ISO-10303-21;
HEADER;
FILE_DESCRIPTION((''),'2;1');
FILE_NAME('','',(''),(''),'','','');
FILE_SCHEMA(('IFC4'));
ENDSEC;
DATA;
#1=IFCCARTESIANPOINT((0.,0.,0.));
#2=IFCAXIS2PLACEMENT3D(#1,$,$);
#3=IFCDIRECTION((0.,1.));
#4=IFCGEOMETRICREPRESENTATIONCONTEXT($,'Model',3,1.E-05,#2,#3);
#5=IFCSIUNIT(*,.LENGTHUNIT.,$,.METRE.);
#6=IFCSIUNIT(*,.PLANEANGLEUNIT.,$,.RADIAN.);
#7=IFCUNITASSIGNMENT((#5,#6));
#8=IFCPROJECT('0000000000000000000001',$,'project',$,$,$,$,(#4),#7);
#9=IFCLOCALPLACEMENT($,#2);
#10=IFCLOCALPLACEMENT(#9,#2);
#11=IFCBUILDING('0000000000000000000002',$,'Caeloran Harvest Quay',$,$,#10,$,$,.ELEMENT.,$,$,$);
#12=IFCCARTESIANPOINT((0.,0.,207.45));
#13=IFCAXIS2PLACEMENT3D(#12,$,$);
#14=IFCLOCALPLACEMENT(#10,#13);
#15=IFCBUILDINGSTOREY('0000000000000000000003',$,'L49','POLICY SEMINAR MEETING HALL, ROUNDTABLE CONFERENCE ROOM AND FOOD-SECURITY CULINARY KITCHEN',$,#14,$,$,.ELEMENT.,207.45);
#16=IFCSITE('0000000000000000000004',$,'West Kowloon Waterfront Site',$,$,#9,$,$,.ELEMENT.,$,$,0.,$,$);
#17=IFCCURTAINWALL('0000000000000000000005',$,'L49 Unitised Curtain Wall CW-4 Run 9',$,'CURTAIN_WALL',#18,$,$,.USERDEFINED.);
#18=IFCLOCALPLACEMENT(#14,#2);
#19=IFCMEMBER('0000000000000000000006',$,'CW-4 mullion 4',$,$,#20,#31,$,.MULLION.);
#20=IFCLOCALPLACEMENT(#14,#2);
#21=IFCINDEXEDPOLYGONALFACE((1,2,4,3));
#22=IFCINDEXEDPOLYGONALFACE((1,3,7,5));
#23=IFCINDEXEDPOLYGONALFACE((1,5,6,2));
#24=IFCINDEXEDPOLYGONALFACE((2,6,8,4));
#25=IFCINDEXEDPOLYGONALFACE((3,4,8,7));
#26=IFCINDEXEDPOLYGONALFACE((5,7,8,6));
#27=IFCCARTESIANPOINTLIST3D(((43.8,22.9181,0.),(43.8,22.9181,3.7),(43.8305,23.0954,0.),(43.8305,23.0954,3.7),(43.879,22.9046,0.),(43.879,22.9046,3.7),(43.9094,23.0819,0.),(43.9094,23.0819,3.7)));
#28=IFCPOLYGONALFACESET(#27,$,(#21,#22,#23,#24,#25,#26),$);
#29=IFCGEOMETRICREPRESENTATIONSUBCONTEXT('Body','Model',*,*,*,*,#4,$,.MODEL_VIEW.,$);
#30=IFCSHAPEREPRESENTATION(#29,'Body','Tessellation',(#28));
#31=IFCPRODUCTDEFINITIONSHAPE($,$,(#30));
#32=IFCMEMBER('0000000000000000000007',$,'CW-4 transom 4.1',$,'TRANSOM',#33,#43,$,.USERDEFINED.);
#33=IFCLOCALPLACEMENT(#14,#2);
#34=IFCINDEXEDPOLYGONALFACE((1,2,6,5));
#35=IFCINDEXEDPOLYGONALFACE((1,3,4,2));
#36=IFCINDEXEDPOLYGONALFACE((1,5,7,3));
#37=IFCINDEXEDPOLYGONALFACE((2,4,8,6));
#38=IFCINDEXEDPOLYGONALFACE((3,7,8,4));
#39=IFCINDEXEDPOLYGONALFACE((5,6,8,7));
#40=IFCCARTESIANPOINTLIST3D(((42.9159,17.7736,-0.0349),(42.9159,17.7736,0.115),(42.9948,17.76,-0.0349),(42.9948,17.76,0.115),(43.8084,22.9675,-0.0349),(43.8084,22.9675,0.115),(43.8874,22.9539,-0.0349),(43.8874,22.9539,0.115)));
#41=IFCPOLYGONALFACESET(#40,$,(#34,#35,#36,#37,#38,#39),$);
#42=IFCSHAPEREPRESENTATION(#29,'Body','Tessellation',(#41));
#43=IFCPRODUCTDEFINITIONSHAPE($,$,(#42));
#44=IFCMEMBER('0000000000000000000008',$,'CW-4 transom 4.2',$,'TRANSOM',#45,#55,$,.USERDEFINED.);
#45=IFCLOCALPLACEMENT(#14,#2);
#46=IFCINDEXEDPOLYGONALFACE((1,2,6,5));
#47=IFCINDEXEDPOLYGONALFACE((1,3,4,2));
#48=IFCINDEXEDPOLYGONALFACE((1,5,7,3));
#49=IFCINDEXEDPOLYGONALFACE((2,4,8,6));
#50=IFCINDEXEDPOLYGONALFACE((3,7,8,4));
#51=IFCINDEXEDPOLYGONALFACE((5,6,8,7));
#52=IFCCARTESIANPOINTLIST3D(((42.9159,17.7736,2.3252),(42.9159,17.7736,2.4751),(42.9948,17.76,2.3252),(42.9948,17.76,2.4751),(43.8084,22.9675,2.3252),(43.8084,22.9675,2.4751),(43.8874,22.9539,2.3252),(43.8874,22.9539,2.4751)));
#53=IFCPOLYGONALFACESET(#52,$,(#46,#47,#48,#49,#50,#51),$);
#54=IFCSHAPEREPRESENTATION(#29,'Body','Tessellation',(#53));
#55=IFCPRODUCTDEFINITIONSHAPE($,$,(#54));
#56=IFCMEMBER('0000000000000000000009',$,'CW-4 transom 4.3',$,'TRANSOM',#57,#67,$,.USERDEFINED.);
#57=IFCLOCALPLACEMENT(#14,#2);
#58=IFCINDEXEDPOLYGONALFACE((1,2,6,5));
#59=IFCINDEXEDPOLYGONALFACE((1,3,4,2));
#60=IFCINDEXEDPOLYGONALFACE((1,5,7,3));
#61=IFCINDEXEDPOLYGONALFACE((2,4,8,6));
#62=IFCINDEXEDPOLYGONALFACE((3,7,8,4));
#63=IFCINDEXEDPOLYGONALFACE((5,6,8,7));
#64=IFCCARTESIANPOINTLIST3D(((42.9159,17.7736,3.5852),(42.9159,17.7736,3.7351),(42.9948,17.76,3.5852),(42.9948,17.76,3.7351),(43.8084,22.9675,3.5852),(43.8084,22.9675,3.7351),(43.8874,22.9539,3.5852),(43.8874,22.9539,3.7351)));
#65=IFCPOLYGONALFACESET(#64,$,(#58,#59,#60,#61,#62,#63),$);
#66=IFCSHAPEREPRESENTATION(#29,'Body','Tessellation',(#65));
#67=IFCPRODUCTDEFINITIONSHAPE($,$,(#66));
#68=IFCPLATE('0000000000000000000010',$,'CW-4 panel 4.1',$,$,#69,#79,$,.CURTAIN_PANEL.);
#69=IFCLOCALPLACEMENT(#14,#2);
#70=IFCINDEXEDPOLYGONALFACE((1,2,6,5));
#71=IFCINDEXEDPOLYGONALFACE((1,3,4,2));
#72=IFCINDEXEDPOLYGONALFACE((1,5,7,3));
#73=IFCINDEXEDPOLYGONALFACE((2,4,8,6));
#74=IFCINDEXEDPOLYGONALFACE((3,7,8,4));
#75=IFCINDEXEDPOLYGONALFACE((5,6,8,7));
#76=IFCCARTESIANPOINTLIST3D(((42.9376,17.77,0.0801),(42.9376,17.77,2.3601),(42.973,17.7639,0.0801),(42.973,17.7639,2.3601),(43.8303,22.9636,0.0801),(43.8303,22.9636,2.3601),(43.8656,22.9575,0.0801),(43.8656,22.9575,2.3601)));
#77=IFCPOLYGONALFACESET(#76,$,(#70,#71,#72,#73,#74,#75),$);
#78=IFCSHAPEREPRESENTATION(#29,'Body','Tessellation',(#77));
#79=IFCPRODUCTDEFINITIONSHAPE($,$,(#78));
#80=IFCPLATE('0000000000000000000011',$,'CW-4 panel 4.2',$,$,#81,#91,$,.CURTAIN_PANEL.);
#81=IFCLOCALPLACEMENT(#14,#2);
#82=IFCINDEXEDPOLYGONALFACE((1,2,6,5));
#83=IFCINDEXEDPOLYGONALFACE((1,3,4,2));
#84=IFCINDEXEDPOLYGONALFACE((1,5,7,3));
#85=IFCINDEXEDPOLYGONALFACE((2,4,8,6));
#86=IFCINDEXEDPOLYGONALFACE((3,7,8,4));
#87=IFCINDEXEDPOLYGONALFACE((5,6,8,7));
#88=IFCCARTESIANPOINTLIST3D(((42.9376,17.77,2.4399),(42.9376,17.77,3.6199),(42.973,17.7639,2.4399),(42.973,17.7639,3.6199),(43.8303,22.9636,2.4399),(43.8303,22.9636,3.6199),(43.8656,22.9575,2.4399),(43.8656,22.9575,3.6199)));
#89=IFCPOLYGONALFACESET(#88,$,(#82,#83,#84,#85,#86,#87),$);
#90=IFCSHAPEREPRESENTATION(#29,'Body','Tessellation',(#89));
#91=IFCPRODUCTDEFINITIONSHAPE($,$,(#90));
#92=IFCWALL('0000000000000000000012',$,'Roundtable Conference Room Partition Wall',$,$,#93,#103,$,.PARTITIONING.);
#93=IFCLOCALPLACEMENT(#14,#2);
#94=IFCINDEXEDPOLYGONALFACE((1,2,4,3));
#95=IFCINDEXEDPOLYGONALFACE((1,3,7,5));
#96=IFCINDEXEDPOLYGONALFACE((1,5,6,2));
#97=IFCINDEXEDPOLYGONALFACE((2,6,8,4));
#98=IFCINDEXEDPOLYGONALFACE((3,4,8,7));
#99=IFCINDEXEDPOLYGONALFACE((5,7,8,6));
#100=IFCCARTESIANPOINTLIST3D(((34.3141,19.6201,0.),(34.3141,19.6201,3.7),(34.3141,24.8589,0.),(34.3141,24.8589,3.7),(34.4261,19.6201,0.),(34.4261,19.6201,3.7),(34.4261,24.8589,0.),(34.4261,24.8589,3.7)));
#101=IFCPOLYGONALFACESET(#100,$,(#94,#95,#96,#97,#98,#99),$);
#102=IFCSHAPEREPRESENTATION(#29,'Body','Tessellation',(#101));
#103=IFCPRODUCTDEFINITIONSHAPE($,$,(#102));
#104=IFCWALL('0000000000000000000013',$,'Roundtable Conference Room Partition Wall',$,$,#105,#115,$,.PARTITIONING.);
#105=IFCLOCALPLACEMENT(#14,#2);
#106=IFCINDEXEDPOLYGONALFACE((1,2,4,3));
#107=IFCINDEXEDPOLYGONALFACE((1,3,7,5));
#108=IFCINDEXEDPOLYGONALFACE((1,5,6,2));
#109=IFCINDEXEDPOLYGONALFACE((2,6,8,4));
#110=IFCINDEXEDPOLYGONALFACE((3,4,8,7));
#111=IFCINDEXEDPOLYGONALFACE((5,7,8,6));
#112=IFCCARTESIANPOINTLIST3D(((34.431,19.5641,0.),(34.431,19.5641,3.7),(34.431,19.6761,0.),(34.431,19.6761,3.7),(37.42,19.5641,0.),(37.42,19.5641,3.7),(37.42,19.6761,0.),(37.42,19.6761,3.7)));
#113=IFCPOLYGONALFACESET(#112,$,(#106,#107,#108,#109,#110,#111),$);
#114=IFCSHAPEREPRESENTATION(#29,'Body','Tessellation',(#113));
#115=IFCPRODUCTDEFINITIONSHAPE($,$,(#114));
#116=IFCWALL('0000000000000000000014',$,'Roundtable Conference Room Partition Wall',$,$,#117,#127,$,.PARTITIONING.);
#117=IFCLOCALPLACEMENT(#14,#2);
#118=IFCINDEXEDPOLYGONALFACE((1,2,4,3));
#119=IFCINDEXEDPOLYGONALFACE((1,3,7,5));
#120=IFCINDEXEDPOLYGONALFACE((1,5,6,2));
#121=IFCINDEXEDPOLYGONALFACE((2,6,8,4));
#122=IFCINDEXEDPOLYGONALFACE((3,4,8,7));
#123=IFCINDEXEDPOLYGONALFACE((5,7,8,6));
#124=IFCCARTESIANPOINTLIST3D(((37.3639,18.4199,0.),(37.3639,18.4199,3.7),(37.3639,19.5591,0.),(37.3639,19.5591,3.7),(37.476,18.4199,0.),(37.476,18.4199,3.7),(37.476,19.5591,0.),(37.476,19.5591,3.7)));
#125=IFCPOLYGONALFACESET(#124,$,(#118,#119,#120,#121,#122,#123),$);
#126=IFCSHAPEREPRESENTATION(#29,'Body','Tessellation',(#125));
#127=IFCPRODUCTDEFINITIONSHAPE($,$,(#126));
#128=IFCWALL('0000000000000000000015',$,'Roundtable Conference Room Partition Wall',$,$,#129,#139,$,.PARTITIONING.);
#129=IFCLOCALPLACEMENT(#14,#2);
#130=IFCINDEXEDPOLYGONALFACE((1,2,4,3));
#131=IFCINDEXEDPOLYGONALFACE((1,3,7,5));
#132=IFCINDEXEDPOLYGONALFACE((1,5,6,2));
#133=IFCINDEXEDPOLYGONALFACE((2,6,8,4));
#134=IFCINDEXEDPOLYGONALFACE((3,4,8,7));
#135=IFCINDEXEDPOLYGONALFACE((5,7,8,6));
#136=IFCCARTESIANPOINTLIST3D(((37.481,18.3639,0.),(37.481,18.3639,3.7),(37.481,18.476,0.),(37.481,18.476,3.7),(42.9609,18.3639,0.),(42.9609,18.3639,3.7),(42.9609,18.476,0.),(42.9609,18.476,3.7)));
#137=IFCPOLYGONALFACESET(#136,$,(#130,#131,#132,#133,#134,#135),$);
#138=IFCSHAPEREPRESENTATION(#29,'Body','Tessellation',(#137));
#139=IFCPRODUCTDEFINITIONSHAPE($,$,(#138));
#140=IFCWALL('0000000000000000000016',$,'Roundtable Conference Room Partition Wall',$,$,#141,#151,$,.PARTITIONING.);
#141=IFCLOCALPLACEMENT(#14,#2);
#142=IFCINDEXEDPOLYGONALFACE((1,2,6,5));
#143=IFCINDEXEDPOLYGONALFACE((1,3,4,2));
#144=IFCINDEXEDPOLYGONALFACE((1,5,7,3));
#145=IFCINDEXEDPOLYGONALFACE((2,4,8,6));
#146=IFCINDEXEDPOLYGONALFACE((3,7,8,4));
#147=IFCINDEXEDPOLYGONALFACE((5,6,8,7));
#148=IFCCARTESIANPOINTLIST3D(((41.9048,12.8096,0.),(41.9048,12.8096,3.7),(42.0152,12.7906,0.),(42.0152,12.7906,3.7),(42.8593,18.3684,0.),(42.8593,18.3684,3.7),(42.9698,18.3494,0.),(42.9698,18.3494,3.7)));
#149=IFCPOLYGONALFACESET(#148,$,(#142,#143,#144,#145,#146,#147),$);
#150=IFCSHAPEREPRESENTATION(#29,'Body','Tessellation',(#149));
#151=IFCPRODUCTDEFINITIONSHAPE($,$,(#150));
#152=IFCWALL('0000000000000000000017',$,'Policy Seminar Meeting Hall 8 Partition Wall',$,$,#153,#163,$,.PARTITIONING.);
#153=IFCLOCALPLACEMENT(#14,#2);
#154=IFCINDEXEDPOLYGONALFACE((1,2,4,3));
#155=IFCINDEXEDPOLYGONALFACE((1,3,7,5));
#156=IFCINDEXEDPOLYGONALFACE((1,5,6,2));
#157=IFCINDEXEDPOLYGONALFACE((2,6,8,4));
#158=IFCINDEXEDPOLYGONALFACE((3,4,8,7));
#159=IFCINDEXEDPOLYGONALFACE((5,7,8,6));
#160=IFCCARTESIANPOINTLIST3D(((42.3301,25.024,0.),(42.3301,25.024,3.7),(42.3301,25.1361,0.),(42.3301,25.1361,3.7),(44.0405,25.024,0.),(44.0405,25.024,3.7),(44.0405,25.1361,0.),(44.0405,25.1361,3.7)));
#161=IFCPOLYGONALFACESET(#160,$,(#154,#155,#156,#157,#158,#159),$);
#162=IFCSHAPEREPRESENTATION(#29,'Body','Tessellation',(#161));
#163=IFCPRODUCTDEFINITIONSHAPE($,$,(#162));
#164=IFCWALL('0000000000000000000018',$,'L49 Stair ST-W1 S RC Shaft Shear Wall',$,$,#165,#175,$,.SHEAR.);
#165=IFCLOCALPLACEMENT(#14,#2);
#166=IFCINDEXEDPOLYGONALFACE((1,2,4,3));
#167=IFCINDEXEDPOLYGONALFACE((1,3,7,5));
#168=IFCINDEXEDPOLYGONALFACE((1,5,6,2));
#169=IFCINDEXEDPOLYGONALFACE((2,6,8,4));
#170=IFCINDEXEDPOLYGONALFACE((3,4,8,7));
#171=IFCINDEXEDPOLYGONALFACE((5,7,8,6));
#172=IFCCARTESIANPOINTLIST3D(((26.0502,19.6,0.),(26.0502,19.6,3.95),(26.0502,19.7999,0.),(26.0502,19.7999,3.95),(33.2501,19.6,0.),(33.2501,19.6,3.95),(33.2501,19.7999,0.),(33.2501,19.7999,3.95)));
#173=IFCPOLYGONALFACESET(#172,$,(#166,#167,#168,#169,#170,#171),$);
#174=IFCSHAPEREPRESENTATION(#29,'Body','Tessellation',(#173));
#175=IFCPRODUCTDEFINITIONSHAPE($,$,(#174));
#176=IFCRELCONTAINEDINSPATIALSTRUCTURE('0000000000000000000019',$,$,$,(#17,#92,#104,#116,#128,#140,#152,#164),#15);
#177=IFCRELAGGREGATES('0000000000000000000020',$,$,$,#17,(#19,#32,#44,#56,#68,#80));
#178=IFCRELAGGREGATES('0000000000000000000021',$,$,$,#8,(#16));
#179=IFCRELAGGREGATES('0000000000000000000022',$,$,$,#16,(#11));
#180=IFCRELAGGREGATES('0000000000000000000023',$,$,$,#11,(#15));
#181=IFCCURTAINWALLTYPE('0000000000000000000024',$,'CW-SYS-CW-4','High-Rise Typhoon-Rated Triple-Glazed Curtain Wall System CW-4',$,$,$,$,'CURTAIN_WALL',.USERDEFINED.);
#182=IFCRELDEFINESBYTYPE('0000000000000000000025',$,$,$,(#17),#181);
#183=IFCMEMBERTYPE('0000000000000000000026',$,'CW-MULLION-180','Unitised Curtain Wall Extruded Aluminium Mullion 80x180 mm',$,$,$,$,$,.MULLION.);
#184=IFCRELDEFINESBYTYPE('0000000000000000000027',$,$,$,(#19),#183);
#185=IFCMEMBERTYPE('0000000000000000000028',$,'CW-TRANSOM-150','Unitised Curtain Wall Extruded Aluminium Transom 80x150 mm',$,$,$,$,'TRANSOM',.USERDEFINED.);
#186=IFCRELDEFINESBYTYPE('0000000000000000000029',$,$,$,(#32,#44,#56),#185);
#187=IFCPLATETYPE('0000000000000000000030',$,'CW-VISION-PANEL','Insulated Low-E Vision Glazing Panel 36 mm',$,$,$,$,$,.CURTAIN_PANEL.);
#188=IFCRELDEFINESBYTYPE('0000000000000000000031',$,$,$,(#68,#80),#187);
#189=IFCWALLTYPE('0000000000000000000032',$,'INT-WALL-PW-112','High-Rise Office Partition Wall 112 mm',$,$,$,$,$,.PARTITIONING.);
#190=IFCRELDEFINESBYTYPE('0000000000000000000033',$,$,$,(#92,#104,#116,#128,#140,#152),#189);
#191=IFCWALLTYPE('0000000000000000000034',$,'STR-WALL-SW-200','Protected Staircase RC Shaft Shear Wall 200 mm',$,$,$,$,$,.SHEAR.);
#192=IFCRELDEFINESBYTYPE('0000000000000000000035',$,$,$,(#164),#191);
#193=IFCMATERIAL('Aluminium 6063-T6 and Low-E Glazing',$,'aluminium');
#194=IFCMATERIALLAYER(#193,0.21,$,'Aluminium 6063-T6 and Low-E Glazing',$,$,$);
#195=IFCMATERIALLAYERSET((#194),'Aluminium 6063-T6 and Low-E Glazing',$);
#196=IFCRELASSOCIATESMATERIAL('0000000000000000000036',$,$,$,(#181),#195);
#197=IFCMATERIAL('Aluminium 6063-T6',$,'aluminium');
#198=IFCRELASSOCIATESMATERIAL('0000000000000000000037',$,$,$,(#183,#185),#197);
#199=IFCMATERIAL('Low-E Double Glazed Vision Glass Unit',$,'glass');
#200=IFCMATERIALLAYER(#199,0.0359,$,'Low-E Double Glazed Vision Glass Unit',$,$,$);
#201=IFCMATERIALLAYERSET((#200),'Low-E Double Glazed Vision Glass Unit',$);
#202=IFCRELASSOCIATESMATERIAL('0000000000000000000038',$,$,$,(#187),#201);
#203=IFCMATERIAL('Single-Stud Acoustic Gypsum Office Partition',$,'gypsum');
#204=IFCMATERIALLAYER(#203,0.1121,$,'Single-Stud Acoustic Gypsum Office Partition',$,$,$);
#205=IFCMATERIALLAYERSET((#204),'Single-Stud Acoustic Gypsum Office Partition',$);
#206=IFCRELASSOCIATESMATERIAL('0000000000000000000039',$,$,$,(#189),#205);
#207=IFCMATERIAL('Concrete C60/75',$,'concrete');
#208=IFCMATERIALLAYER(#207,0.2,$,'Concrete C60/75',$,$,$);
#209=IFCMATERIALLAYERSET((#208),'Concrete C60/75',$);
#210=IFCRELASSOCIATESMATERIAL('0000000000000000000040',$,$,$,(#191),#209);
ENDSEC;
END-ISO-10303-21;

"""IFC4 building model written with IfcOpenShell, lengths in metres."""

from ifc_helpers import new_model, si_unit, direction, frame, frame_2d, origin, origin_2d, place, context, subcontext, project, spatial, rectangle, extrude, material, layer, layer_set, material_profile, profile_set, type_object, element, aggregate, save


model = new_model("IFC4")

# Units and contexts
model_context = context("Model", 3, precision=1e-05, world=origin(), true_north=direction((0.0, 1.0)))
body_context = subcontext(model_context, "Body", "Model", "MODEL_VIEW")
ifc_project = project(units=[si_unit("LENGTHUNIT", "METRE"), si_unit("PLANEANGLEUNIT", "RADIAN")], contexts=[model_context])

# Site, building, storey
site_placement = place(None, origin())
site = spatial("IfcSite", under=ifc_project, at=site_placement, Name="West Kowloon Waterfront Site", CompositionType="ELEMENT", RefElevation=0.0)
building_placement = place(site_placement, origin())
building = spatial("IfcBuilding", under=site, at=building_placement, Name="Caeloran Harvest Quay", CompositionType="ELEMENT")
storey_placement = place(building_placement, frame((0.0, 0.0, 207.45)))
storey = spatial("IfcBuildingStorey", under=building, at=storey_placement, Name="L49", Description="POLICY SEMINAR MEETING HALL, ROUNDTABLE CONFERENCE ROOM AND FOOD-SECURITY CULINARY KITCHEN", CompositionType="ELEMENT", Elevation=207.45)

# Curtain wall, members, plates
ifc_material_1 = material(Name="Aluminium 6063-T6 and Low-E Glazing", Category="aluminium")
ifc_layer_1 = layer(ifc_material_1, 0.21, Name="Aluminium 6063-T6 and Low-E Glazing")
ifc_layer_set_1 = layer_set([ifc_layer_1], Name="Aluminium 6063-T6 and Low-E Glazing")
curtain_wall_type = type_object("IfcCurtainWallType", Name="CW-SYS-CW-4", Description="High-Rise Typhoon-Rated Triple-Glazed Curtain Wall System CW-4", ElementType="CURTAIN_WALL", PredefinedType="USERDEFINED", material=ifc_layer_set_1)
curtain_wall_placement = place(storey_placement, origin())
curtain_wall = element("IfcCurtainWall", 1, at=curtain_wall_placement, inside=storey, type_object=curtain_wall_type, Name="L49 Unitised Curtain Wall CW-4 Run 9", ObjectType="CURTAIN_WALL", PredefinedType="USERDEFINED")
ifc_material_2 = material(Name="Aluminium 6063-T6", Category="aluminium")
ifc_material_profile_1 = material_profile(ifc_material_2, rectangle(XDim=0.0801, YDim=0.1799, at=origin_2d()), Name="CW-MULLION-180")
ifc_profile_set_1 = profile_set([ifc_material_profile_1], Name="Aluminium 6063-T6")
member_type_1 = type_object("IfcMemberType", Name="CW-MULLION-180", Description="Unitised Curtain Wall Extruded Aluminium Mullion 80x180 mm", PredefinedType="MULLION", material=ifc_profile_set_1)
member_1_placement = place(storey_placement, frame((43.8547, 23.0, 0.0), z_axis=(0.0, 0.0, 1.0), x_axis=(0.985549, -0.169391, 0.0)))
member_1 = element("IfcMember", 2, at=member_1_placement, type_object=member_type_1, Name="CW-4 mullion 4", PredefinedType="MULLION", context=body_context, shape_type="SweptSolid", body=[
    extrude(rectangle(XDim=0.0801, YDim=0.1799, at=origin_2d()), origin(), (0.0, 0.0, 1.0), 3.7),
])
ifc_material_profile_2 = material_profile(ifc_material_2, rectangle(XDim=0.0801, YDim=0.1499, at=origin_2d()), Name="CW-TRANSOM-150")
ifc_profile_set_2 = profile_set([ifc_material_profile_2], Name="Aluminium 6063-T6")
member_type_2 = type_object("IfcMemberType", Name="CW-TRANSOM-150", Description="Unitised Curtain Wall Extruded Aluminium Transom 80x150 mm", ElementType="TRANSOM", PredefinedType="USERDEFINED", material=ifc_profile_set_2)
member_2_placement = place(storey_placement, frame((43.8479, 22.9607, 0.04), z_axis=(-0.16937, -0.985553, 0.0), x_axis=(0.985553, -0.16937, 0.0)))
member_2 = element("IfcMember", 3, at=member_2_placement, type_object=member_type_2, Name="CW-4 transom 4.1", ObjectType="TRANSOM", PredefinedType="USERDEFINED", context=body_context, shape_type="SweptSolid", body=[
    extrude(rectangle(XDim=0.0801, YDim=0.1499, at=origin_2d()), origin(), (0.0, 0.0, 1.0), 5.27),
])
member_3_placement = place(storey_placement, frame((43.8479, 22.9607, 2.4001), z_axis=(-0.16937, -0.985553, 0.0), x_axis=(0.985553, -0.16937, 0.0)))
member_3 = element("IfcMember", 4, at=member_3_placement, type_object=member_type_2, Name="CW-4 transom 4.2", ObjectType="TRANSOM", PredefinedType="USERDEFINED", context=body_context, shape_type="SweptSolid", body=[
    extrude(rectangle(XDim=0.0801, YDim=0.1499, at=origin_2d()), origin(), (0.0, 0.0, 1.0), 5.27),
])
member_4_placement = place(storey_placement, frame((43.8479, 22.9607, 3.6602), z_axis=(-0.16937, -0.985553, 0.0), x_axis=(0.985553, -0.16937, 0.0)))
member_4 = element("IfcMember", 5, at=member_4_placement, type_object=member_type_2, Name="CW-4 transom 4.3", ObjectType="TRANSOM", PredefinedType="USERDEFINED", context=body_context, shape_type="SweptSolid", body=[
    extrude(rectangle(XDim=0.0801, YDim=0.1499, at=origin_2d()), origin(), (0.0, 0.0, 1.0), 5.27),
])
ifc_material_3 = material(Name="Low-E Double Glazed Vision Glass Unit", Category="glass")
ifc_layer_2 = layer(ifc_material_3, 0.0359, Name="Low-E Double Glazed Vision Glass Unit")
ifc_layer_set_2 = layer_set([ifc_layer_2], Name="Low-E Double Glazed Vision Glass Unit")
plate_type = type_object("IfcPlateType", Name="CW-VISION-PANEL", Description="Insulated Low-E Vision Glazing Panel 36 mm", PredefinedType="CURTAIN_PANEL", material=ifc_layer_set_2)
plate_1_placement = place(storey_placement, frame((43.4016, 20.3638, 0.0801), z_axis=(0.0, 0.0, 1.0), x_axis=(-0.169391, -0.985549, 0.0)))
plate_1 = element("IfcPlate", 6, at=plate_1_placement, type_object=plate_type, Name="CW-4 panel 4.1", PredefinedType="CURTAIN_PANEL", context=body_context, shape_type="SweptSolid", body=[
    extrude(rectangle(XDim=5.2698, YDim=0.0359, at=origin_2d()), origin(), (0.0, 0.0, 1.0), 2.28),
])
plate_2_placement = place(storey_placement, frame((43.4016, 20.3638, 2.4399), z_axis=(0.0, 0.0, 1.0), x_axis=(-0.169391, -0.985549, 0.0)))
plate_2 = element("IfcPlate", 7, at=plate_2_placement, type_object=plate_type, Name="CW-4 panel 4.2", PredefinedType="CURTAIN_PANEL", context=body_context, shape_type="SweptSolid", body=[
    extrude(rectangle(XDim=5.2698, YDim=0.0359, at=origin_2d()), origin(), (0.0, 0.0, 1.0), 1.1799),
])
aggregate(curtain_wall, [member_1, member_2, member_3, member_4, plate_1, plate_2])

# Walls
ifc_material_4 = material(Name="Single-Stud Acoustic Gypsum Office Partition", Category="gypsum")
ifc_layer_3 = layer(ifc_material_4, 0.1121, Name="Single-Stud Acoustic Gypsum Office Partition")
ifc_layer_set_3 = layer_set([ifc_layer_3], Name="Single-Stud Acoustic Gypsum Office Partition")
wall_type_1 = type_object("IfcWallType", Name="INT-WALL-PW-112", Description="High-Rise Office Partition Wall 112 mm", PredefinedType="PARTITIONING", material=ifc_layer_set_3)
wall_1_placement = place(storey_placement, frame((34.3701, 24.8589, 0.0), z_axis=(0.0, 0.0, 1.0), x_axis=(0.0, -1.0, 0.0)))
element("IfcWall", 8, at=wall_1_placement, inside=storey, type_object=wall_type_1, Name="Roundtable Conference Room Partition Wall", PredefinedType="PARTITIONING", context=body_context, shape_type="SweptSolid", body=[
    extrude(rectangle(XDim=5.2388, YDim=0.1121, at=frame_2d((2.6194, 0.0))), origin(), (0.0, 0.0, 1.0), 3.7),
])
wall_2_placement = place(storey_placement, frame((34.4309, 19.6201, 0.0), z_axis=(0.0, 0.0, 1.0), x_axis=(1.0, 0.0, 0.0)))
element("IfcWall", 9, at=wall_2_placement, inside=storey, type_object=wall_type_1, Name="Roundtable Conference Room Partition Wall", PredefinedType="PARTITIONING", context=body_context, shape_type="SweptSolid", body=[
    extrude(rectangle(XDim=2.989, YDim=0.1121, at=frame_2d((1.4946, 0.0))), origin(), (0.0, 0.0, 1.0), 3.7),
])
wall_3_placement = place(storey_placement, frame((37.4199, 19.5591, 0.0), z_axis=(0.0, 0.0, 1.0), x_axis=(0.0, -1.0, 0.0)))
element("IfcWall", 10, at=wall_3_placement, inside=storey, type_object=wall_type_1, Name="Roundtable Conference Room Partition Wall", PredefinedType="PARTITIONING", context=body_context, shape_type="SweptSolid", body=[
    extrude(rectangle(XDim=1.1392, YDim=0.1121, at=frame_2d((0.5696, 0.0))), origin(), (0.0, 0.0, 1.0), 3.7),
])
wall_4_placement = place(storey_placement, frame((37.481, 18.4199, 0.0), z_axis=(0.0, 0.0, 1.0), x_axis=(1.0, 0.0, 0.0)))
element("IfcWall", 11, at=wall_4_placement, inside=storey, type_object=wall_type_1, Name="Roundtable Conference Room Partition Wall", PredefinedType="PARTITIONING", context=body_context, shape_type="SweptSolid", body=[
    extrude(rectangle(XDim=5.48, YDim=0.1121, at=frame_2d((2.74, 0.0))), origin(), (0.0, 0.0, 1.0), 3.7),
])
wall_5_placement = place(storey_placement, frame((42.9146, 18.3589, 0.0), z_axis=(0.0, 0.0, 1.0), x_axis=(-0.169247, -0.985574, 0.0)))
element("IfcWall", 12, at=wall_5_placement, inside=storey, type_object=wall_type_1, Name="Roundtable Conference Room Partition Wall", PredefinedType="PARTITIONING", context=body_context, shape_type="SweptSolid", body=[
    extrude(rectangle(XDim=5.6401, YDim=0.1121, at=frame_2d((2.8201, 0.0))), origin(), (0.0, 0.0, 1.0), 3.7),
])
wall_6_placement = place(storey_placement, frame((44.0405, 25.0801, 0.0), z_axis=(0.0, 0.0, 1.0), x_axis=(-1.0, 0.0, 0.0)))
element("IfcWall", 13, at=wall_6_placement, inside=storey, type_object=wall_type_1, Name="Policy Seminar Meeting Hall 8 Partition Wall", PredefinedType="PARTITIONING", context=body_context, shape_type="SweptSolid", body=[
    extrude(rectangle(XDim=1.7104, YDim=0.1121, at=frame_2d((0.8552, 0.0))), origin(), (0.0, 0.0, 1.0), 3.7),
])
ifc_material_5 = material(Name="Concrete C60/75", Category="concrete")
ifc_layer_4 = layer(ifc_material_5, 0.2, Name="Concrete C60/75")
ifc_layer_set_4 = layer_set([ifc_layer_4], Name="Concrete C60/75")
wall_type_2 = type_object("IfcWallType", Name="STR-WALL-SW-200", Description="Protected Staircase RC Shaft Shear Wall 200 mm", PredefinedType="SHEAR", material=ifc_layer_set_4)
wall_7_placement = place(storey_placement, frame((26.05, 19.7, 0.0), z_axis=(0.0, 0.0, 1.0), x_axis=(1.0, 0.0, 0.0)))
element("IfcWall", 14, at=wall_7_placement, inside=storey, type_object=wall_type_2, Name="L49 Stair ST-W1 S RC Shaft Shear Wall", PredefinedType="SHEAR", context=body_context, shape_type="SweptSolid", body=[
    extrude(rectangle(XDim=7.2, YDim=0.2, at=frame_2d((3.6001, 0.0))), origin(), (0.0, 0.0, 1.0), 3.95),
])

save(model, "model.ifc")
